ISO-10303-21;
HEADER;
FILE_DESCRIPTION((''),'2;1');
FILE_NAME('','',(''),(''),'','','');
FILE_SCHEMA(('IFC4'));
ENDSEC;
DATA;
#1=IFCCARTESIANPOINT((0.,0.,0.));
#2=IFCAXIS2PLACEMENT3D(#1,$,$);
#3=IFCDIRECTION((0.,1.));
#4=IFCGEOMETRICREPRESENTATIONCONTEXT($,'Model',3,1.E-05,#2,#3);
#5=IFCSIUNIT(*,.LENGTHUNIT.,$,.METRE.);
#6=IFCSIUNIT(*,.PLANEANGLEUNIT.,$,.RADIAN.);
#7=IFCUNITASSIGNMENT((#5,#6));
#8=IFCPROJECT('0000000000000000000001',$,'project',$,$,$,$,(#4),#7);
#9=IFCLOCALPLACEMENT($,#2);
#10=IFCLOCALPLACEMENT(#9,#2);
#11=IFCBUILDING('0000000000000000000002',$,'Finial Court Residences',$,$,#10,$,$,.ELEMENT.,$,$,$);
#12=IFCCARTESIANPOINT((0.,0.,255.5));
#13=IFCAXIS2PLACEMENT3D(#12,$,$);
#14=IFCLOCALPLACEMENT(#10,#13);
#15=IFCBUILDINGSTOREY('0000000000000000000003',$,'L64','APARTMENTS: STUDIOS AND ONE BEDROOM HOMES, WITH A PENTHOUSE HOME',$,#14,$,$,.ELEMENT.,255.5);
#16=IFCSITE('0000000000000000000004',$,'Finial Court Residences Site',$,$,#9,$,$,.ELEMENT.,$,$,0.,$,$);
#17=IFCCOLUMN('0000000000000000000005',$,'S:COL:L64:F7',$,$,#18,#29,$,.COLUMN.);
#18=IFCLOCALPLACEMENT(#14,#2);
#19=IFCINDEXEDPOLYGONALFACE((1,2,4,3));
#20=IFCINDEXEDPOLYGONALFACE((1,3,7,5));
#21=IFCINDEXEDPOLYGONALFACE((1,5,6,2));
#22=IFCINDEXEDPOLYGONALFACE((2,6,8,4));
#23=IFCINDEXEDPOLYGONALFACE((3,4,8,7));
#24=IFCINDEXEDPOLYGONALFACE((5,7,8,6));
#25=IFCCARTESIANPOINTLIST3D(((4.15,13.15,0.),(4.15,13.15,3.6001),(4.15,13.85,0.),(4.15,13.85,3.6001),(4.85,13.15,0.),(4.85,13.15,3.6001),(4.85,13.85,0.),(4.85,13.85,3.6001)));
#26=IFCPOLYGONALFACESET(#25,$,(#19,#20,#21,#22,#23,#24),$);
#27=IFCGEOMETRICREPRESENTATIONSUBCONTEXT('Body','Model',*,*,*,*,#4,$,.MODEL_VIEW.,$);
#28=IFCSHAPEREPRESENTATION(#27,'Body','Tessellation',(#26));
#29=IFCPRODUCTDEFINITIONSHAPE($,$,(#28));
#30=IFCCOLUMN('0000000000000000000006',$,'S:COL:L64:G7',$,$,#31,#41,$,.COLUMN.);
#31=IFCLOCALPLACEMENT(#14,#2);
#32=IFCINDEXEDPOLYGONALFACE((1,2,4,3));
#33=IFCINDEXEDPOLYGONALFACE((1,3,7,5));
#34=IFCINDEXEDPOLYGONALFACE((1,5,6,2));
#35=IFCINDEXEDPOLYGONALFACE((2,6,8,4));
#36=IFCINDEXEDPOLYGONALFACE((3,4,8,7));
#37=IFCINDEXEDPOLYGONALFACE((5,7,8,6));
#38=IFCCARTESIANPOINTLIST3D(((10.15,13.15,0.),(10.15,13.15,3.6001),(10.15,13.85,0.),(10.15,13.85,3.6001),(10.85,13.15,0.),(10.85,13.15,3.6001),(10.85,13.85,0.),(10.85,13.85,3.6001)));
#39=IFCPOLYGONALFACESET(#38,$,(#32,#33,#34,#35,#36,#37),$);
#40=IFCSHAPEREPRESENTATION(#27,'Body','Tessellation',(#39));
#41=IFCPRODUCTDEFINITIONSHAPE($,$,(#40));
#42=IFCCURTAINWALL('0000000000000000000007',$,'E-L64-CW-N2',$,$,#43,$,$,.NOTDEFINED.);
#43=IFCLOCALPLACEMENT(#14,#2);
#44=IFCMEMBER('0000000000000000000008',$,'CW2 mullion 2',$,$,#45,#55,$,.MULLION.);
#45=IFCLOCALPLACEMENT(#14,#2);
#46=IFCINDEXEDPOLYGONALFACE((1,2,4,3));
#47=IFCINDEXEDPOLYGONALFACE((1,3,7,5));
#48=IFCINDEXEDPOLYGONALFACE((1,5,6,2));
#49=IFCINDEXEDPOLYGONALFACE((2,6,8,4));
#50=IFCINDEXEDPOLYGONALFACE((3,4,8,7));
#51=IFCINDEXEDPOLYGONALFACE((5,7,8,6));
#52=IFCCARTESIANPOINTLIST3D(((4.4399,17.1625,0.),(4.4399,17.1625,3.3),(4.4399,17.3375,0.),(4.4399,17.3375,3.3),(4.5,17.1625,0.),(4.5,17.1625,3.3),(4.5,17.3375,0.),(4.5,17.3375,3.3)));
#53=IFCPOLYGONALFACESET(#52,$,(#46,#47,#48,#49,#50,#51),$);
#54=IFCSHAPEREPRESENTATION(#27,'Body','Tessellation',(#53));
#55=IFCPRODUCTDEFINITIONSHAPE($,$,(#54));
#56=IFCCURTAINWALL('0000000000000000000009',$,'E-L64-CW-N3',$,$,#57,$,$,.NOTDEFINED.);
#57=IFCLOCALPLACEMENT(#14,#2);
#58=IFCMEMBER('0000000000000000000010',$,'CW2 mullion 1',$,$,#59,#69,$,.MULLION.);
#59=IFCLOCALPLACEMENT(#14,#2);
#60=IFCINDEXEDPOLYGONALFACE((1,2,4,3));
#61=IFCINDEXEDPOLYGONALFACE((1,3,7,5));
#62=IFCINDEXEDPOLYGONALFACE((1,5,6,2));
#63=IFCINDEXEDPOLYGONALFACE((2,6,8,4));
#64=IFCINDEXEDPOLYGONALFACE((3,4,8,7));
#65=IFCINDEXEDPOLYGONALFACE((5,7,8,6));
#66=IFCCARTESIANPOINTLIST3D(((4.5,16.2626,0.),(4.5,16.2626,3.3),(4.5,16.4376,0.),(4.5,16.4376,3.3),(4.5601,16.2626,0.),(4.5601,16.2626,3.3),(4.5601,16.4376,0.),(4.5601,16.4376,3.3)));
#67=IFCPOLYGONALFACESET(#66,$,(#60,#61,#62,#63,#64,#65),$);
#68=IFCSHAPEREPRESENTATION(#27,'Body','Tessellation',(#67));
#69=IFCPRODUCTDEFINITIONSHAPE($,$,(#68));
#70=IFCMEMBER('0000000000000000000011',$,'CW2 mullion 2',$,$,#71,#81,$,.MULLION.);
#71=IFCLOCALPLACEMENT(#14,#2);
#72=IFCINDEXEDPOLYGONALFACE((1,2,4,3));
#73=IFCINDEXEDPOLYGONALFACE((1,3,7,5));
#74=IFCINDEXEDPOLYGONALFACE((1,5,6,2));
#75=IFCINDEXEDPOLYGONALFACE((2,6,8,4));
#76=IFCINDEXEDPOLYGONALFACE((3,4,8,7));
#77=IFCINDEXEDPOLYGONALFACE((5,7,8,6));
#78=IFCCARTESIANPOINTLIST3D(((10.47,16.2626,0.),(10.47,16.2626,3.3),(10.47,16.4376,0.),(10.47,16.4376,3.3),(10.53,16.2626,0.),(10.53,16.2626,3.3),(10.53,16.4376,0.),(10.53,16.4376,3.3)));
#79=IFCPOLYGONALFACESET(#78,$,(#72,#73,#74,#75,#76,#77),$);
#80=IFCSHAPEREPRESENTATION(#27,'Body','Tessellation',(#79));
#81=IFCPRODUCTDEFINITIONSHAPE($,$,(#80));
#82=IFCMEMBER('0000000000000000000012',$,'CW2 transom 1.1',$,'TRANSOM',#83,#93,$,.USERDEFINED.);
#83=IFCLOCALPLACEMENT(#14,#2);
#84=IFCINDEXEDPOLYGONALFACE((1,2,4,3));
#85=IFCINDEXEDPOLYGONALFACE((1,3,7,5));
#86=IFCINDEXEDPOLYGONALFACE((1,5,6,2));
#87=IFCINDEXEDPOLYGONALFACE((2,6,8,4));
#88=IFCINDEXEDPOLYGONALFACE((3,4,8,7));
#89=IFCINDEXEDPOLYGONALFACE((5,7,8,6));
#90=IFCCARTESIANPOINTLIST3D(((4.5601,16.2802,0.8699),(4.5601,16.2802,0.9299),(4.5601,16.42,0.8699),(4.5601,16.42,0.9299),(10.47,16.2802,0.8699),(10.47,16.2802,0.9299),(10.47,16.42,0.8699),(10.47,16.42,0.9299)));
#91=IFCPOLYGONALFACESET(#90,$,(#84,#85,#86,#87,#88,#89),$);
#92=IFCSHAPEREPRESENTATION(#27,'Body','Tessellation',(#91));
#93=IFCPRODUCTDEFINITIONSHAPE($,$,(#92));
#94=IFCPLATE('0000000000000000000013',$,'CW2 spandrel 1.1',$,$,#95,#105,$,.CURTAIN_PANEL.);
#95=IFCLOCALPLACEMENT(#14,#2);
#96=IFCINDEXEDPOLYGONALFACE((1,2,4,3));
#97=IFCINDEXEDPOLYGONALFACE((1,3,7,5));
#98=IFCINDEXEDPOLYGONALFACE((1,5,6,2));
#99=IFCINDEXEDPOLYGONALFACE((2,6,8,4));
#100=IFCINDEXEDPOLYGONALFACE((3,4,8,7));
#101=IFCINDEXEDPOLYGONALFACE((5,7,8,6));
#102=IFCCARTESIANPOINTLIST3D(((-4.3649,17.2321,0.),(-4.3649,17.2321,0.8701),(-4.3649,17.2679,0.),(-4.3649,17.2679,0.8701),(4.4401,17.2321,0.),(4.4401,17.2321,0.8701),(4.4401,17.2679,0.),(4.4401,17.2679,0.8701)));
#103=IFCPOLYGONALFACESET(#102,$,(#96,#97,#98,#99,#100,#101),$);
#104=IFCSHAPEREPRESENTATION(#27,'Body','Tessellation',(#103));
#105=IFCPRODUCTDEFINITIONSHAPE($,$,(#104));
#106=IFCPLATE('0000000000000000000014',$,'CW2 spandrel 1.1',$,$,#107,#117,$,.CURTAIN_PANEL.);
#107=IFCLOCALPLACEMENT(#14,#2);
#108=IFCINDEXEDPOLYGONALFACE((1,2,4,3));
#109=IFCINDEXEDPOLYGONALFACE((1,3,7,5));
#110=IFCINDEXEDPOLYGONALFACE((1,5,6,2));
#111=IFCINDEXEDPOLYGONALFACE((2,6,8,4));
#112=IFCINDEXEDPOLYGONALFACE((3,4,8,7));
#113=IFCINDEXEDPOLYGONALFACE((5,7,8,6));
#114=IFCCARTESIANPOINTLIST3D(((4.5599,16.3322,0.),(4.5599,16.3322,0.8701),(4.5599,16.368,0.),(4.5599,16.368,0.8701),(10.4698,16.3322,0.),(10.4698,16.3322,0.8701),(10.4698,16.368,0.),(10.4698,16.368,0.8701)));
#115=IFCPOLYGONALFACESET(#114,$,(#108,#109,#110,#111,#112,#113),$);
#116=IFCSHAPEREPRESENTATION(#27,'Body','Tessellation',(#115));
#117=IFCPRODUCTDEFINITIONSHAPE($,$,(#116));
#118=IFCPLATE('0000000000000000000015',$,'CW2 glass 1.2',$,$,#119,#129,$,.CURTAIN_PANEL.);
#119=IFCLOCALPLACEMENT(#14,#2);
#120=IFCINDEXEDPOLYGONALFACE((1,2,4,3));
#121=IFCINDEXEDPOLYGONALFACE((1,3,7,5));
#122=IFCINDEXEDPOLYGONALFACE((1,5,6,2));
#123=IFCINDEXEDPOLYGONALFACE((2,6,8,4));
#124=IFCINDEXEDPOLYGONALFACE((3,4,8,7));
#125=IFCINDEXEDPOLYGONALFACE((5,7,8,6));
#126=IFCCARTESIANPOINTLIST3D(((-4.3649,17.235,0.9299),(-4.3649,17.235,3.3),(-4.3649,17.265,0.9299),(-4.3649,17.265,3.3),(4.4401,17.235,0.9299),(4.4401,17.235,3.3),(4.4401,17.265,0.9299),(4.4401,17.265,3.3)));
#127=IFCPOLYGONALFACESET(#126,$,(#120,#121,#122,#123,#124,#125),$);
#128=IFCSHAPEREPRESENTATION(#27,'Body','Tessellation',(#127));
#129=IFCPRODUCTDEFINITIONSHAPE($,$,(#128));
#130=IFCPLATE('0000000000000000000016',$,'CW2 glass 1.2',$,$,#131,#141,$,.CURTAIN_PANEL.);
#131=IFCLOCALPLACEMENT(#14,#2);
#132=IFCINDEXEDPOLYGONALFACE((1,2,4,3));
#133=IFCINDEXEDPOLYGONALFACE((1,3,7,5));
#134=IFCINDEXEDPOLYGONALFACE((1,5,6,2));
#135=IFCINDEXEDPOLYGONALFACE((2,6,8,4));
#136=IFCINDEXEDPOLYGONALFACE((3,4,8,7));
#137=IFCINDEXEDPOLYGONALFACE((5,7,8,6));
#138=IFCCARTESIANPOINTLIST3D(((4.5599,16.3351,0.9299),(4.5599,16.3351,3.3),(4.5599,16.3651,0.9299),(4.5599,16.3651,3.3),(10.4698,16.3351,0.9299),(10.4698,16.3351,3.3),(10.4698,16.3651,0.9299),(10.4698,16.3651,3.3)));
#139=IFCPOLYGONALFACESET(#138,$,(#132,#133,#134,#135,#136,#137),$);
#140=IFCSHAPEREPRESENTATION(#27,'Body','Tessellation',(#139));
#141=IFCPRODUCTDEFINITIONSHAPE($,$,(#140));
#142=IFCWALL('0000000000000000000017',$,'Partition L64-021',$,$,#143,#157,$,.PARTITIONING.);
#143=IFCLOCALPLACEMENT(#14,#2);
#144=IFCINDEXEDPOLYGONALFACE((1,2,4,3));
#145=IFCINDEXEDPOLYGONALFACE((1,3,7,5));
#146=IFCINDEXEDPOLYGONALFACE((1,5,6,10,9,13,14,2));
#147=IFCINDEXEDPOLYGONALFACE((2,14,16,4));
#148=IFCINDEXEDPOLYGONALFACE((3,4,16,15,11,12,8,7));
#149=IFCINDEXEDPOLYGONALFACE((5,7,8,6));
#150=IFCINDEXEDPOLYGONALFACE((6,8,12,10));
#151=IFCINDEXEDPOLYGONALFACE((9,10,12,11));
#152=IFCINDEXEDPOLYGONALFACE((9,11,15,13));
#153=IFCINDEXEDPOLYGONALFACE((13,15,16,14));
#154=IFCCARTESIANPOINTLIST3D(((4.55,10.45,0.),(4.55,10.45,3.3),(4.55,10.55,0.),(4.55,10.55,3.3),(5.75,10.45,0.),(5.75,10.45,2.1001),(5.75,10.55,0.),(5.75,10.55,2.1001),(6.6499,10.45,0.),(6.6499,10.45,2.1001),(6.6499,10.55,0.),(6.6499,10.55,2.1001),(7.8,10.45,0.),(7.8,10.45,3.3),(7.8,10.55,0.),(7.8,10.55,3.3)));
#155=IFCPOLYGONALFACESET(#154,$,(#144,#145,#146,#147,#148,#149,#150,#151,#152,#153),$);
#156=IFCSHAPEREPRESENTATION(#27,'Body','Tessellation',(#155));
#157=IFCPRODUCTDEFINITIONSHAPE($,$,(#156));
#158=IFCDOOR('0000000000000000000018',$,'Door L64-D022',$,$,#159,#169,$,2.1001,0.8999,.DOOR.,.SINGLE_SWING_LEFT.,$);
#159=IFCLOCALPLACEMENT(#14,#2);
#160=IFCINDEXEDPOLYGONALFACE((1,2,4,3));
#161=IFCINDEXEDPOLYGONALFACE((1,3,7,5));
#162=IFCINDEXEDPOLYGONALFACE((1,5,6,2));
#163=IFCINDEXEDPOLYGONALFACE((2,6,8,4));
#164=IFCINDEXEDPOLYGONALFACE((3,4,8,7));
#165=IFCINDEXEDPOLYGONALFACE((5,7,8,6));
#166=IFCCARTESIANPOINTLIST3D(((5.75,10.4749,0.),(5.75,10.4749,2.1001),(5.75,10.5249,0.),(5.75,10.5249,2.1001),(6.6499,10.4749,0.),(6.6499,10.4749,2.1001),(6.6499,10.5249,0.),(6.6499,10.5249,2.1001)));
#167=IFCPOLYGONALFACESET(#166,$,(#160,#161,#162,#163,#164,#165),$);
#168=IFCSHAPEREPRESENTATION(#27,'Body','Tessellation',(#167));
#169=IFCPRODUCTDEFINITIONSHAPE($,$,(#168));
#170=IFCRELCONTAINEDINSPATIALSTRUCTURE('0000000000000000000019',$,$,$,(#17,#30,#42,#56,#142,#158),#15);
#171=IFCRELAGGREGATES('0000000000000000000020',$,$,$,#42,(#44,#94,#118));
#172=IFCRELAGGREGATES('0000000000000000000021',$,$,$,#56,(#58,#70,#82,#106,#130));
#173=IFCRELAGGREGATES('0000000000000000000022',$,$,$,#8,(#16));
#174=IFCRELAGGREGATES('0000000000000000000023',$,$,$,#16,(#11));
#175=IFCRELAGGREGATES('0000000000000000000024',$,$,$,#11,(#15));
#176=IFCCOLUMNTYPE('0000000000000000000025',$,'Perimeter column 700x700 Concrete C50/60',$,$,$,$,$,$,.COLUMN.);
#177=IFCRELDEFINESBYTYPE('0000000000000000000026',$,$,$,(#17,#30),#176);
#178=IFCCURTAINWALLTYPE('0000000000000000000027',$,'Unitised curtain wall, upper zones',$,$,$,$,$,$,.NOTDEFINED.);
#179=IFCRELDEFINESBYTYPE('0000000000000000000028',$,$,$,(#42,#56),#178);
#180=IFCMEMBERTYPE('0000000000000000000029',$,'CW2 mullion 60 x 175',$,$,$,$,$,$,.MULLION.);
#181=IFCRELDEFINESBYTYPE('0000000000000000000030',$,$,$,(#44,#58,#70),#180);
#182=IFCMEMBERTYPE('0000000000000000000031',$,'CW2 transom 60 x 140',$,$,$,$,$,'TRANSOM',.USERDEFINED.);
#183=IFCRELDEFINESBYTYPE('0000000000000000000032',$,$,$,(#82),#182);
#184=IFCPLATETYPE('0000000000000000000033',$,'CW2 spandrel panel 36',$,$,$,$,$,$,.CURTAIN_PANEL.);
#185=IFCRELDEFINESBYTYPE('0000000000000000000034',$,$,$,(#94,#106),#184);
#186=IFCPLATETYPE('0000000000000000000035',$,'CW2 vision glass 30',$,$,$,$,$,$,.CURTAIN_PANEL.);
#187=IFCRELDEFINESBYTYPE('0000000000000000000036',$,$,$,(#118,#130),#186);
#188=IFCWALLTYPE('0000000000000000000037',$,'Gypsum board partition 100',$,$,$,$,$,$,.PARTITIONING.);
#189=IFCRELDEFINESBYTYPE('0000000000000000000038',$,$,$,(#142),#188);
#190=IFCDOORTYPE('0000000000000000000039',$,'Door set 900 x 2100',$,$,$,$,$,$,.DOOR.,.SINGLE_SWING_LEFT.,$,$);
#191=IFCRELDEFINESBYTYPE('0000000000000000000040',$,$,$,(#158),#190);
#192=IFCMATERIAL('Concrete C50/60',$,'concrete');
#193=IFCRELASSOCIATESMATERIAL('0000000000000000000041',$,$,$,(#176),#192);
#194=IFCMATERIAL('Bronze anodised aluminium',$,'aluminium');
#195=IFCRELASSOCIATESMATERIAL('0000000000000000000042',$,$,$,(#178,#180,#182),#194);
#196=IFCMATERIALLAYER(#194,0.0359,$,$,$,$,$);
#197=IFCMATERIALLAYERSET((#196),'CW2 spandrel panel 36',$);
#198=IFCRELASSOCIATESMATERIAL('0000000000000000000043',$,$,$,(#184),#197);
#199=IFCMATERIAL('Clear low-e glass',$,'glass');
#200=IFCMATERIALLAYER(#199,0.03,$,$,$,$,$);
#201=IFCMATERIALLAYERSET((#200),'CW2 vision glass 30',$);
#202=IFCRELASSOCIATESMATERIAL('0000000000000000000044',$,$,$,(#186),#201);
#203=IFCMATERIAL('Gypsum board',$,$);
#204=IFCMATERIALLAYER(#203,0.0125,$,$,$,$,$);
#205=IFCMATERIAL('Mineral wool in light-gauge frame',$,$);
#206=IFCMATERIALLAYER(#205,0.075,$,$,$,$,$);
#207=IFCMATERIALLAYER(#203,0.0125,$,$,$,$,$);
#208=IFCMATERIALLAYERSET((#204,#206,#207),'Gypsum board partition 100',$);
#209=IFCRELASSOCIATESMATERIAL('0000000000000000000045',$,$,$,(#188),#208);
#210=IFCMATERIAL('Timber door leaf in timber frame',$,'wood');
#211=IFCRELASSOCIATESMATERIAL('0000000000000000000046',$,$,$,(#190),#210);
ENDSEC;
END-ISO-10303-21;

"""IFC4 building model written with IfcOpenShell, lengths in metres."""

from ifc_helpers import new_model, si_unit, direction, frame, frame_2d, origin, origin_2d, place, context, subcontext, project, spatial, rectangle, extrude, material, layer, layer_set, material_profile, profile_set, type_object, element, fill, aggregate, save


model = new_model("IFC4")

# Units and contexts
model_context = context("Model", 3, precision=1e-05, world=origin(), true_north=direction((0.0, 1.0)))
body_context = subcontext(model_context, "Body", "Model", "MODEL_VIEW")
ifc_project = project(units=[si_unit("LENGTHUNIT", "METRE"), si_unit("PLANEANGLEUNIT", "RADIAN")], contexts=[model_context])

# Site, building, storey
site_placement = place(None, origin())
site = spatial("IfcSite", under=ifc_project, at=site_placement, Name="Finial Court Residences Site", CompositionType="ELEMENT", RefElevation=0.0)
building_placement = place(site_placement, origin())
building = spatial("IfcBuilding", under=site, at=building_placement, Name="Finial Court Residences", CompositionType="ELEMENT")
storey_placement = place(building_placement, frame((0.0, 0.0, 255.5)))
storey = spatial("IfcBuildingStorey", under=building, at=storey_placement, Name="L64", Description="APARTMENTS: STUDIOS AND ONE BEDROOM HOMES, WITH A PENTHOUSE HOME", CompositionType="ELEMENT", Elevation=255.5)

# Columns
ifc_material_1 = material(Name="Concrete C50/60", Category="concrete")
ifc_material_profile_1 = material_profile(ifc_material_1, rectangle(XDim=0.7, YDim=0.7, at=origin_2d()), Name="700x700")
ifc_profile_set_1 = profile_set([ifc_material_profile_1], Name="Concrete C50/60")
column_type = type_object("IfcColumnType", Name="Perimeter column 700x700 Concrete C50/60", PredefinedType="COLUMN", material=ifc_profile_set_1)
for number, where, z_axis, x_axis, name in (
    (1, (4.5, 13.5, 0.0), (0.0, 0.0, 1.0), (1.0, 0.0, 0.0), "S:COL:L64:F7"),
    (2, (10.5, 13.5, 0.0), (0.0, 0.0, 1.0), (1.0, 0.0, 0.0), "S:COL:L64:G7"),
):
    element("IfcColumn", number, at=place(storey_placement, frame(where, z_axis=z_axis, x_axis=x_axis)), inside=storey, type_object=column_type, Name=name, PredefinedType="COLUMN", context=body_context, shape_type="SweptSolid", body=[
        extrude(rectangle(XDim=0.7, YDim=0.7, at=origin_2d()), origin(), (0.0, 0.0, 1.0), 3.6001),
    ])

# Curtain wall, member
ifc_material_2 = material(Name="Bronze anodised aluminium", Category="aluminium")
curtain_wall_type = type_object("IfcCurtainWallType", Name="Unitised curtain wall, upper zones", PredefinedType="NOTDEFINED", material=ifc_material_2)
curtain_wall_1_placement = place(storey_placement, origin())
curtain_wall_1 = element("IfcCurtainWall", 3, at=curtain_wall_1_placement, inside=storey, type_object=curtain_wall_type, Name="E-L64-CW-N2", PredefinedType="NOTDEFINED")
ifc_material_profile_2 = material_profile(ifc_material_2, rectangle(XDim=0.175, YDim=0.0601, at=origin_2d()), Name="CW2 mullion 60 x 175")
ifc_profile_set_2 = profile_set([ifc_material_profile_2], Name="Bronze anodised aluminium")
member_type_1 = type_object("IfcMemberType", Name="CW2 mullion 60 x 175", PredefinedType="MULLION", material=ifc_profile_set_2)
member_1_placement = place(storey_placement, frame((4.47, 17.25, 0.0), z_axis=(0.0, 0.0, 1.0), x_axis=(0.0, 1.0, 0.0)))
member_1 = element("IfcMember", 4, at=member_1_placement, type_object=member_type_1, Name="CW2 mullion 2", PredefinedType="MULLION", context=body_context, shape_type="SweptSolid", body=[
    extrude(rectangle(XDim=0.175, YDim=0.0601, at=origin_2d()), origin(), (0.0, 0.0, 1.0), 3.3),
])

# Curtain wall, members
curtain_wall_2_placement = place(storey_placement, origin())
curtain_wall_2 = element("IfcCurtainWall", 5, at=curtain_wall_2_placement, inside=storey, type_object=curtain_wall_type, Name="E-L64-CW-N3", PredefinedType="NOTDEFINED")
member_2_placement = place(storey_placement, frame((4.53, 16.3501, 0.0), z_axis=(0.0, 0.0, 1.0), x_axis=(0.0, 1.0, 0.0)))
member_2 = element("IfcMember", 6, at=member_2_placement, type_object=member_type_1, Name="CW2 mullion 1", PredefinedType="MULLION", context=body_context, shape_type="SweptSolid", body=[
    extrude(rectangle(XDim=0.175, YDim=0.0601, at=origin_2d()), origin(), (0.0, 0.0, 1.0), 3.3),
])
member_3_placement = place(storey_placement, frame((10.5, 16.3501, 0.0), z_axis=(0.0, 0.0, 1.0), x_axis=(0.0, 1.0, 0.0)))
member_3 = element("IfcMember", 7, at=member_3_placement, type_object=member_type_1, Name="CW2 mullion 2", PredefinedType="MULLION", context=body_context, shape_type="SweptSolid", body=[
    extrude(rectangle(XDim=0.175, YDim=0.0601, at=origin_2d()), origin(), (0.0, 0.0, 1.0), 3.3),
])
ifc_material_profile_3 = material_profile(ifc_material_2, rectangle(XDim=0.1399, YDim=0.0601, at=origin_2d()), Name="CW2 transom 60 x 140")
ifc_profile_set_3 = profile_set([ifc_material_profile_3], Name="Bronze anodised aluminium")
member_type_2 = type_object("IfcMemberType", Name="CW2 transom 60 x 140", ElementType="TRANSOM", PredefinedType="USERDEFINED", material=ifc_profile_set_3)
member_4_placement = place(storey_placement, frame((4.5601, 16.3501, 0.8999), z_axis=(1.0, 0.0, 0.0), x_axis=(0.0, 1.0, 0.0)))
member_4 = element("IfcMember", 8, at=member_4_placement, type_object=member_type_2, Name="CW2 transom 1.1", ObjectType="TRANSOM", PredefinedType="USERDEFINED", context=body_context, shape_type="SweptSolid", body=[
    extrude(rectangle(XDim=0.1399, YDim=0.0601, at=origin_2d()), origin(), (0.0, 0.0, 1.0), 5.9099),
])

# Plates
ifc_layer_1 = layer(ifc_material_2, 0.0359)
ifc_layer_set_1 = layer_set([ifc_layer_1], Name="CW2 spandrel panel 36")
plate_type_1 = type_object("IfcPlateType", Name="CW2 spandrel panel 36", PredefinedType="CURTAIN_PANEL", material=ifc_layer_set_1)
plate_1_placement = place(storey_placement, frame((0.0376, 17.25, 0.0), z_axis=(0.0, 0.0, 1.0), x_axis=(1.0, 0.0, 0.0)))
plate_1 = element("IfcPlate", 9, at=plate_1_placement, type_object=plate_type_1, Name="CW2 spandrel 1.1", PredefinedType="CURTAIN_PANEL", context=body_context, shape_type="SweptSolid", body=[
    extrude(rectangle(XDim=8.8049, YDim=0.0359, at=origin_2d()), origin(), (0.0, 0.0, 1.0), 0.8701),
])
plate_2_placement = place(storey_placement, frame((7.5149, 16.3501, 0.0), z_axis=(0.0, 0.0, 1.0), x_axis=(1.0, 0.0, 0.0)))
plate_2 = element("IfcPlate", 10, at=plate_2_placement, type_object=plate_type_1, Name="CW2 spandrel 1.1", PredefinedType="CURTAIN_PANEL", context=body_context, shape_type="SweptSolid", body=[
    extrude(rectangle(XDim=5.9099, YDim=0.0359, at=origin_2d()), origin(), (0.0, 0.0, 1.0), 0.8701),
])
ifc_material_3 = material(Name="Clear low-e glass", Category="glass")
ifc_layer_2 = layer(ifc_material_3, 0.03)
ifc_layer_set_2 = layer_set([ifc_layer_2], Name="CW2 vision glass 30")
plate_type_2 = type_object("IfcPlateType", Name="CW2 vision glass 30", PredefinedType="CURTAIN_PANEL", material=ifc_layer_set_2)
plate_3_placement = place(storey_placement, frame((0.0376, 17.25, 0.9299), z_axis=(0.0, 0.0, 1.0), x_axis=(1.0, 0.0, 0.0)))
plate_3 = element("IfcPlate", 11, at=plate_3_placement, type_object=plate_type_2, Name="CW2 glass 1.2", PredefinedType="CURTAIN_PANEL", context=body_context, shape_type="SweptSolid", body=[
    extrude(rectangle(XDim=8.8049, YDim=0.03, at=origin_2d()), origin(), (0.0, 0.0, 1.0), 2.3701),
])
aggregate(curtain_wall_1, [member_1, plate_1, plate_3])
plate_4_placement = place(storey_placement, frame((7.5149, 16.3501, 0.9299), z_axis=(0.0, 0.0, 1.0), x_axis=(1.0, 0.0, 0.0)))
plate_4 = element("IfcPlate", 12, at=plate_4_placement, type_object=plate_type_2, Name="CW2 glass 1.2", PredefinedType="CURTAIN_PANEL", context=body_context, shape_type="SweptSolid", body=[
    extrude(rectangle(XDim=5.9099, YDim=0.03, at=origin_2d()), origin(), (0.0, 0.0, 1.0), 2.3701),
])
aggregate(curtain_wall_2, [member_2, member_3, member_4, plate_2, plate_4])

# Wall, opening, door
ifc_material_4 = material(Name="Gypsum board")
ifc_layer_3 = layer(ifc_material_4, 0.0125)
ifc_material_5 = material(Name="Mineral wool in light-gauge frame")
ifc_layer_4 = layer(ifc_material_5, 0.075)
ifc_layer_5 = layer(ifc_material_4, 0.0125)
ifc_layer_set_3 = layer_set([ifc_layer_3, ifc_layer_4, ifc_layer_5], Name="Gypsum board partition 100")
wall_type_1 = type_object("IfcWallType", Name="Gypsum board partition 100", PredefinedType="PARTITIONING", material=ifc_layer_set_3)
wall_1_placement = place(storey_placement, frame((4.55, 10.5, 0.0), z_axis=(0.0, 0.0, 1.0), x_axis=(1.0, 0.0, 0.0)))
wall_1 = element("IfcWall", 13, at=wall_1_placement, inside=storey, type_object=wall_type_1, Name="Partition L64-021", PredefinedType="PARTITIONING", context=body_context, shape_type="SweptSolid", body=[
    extrude(rectangle(XDim=3.25, YDim=0.1001, at=frame_2d((1.625, 0.0))), origin(), (0.0, 0.0, 1.0), 3.3),
])
opening_1_placement = place(wall_1_placement, frame((1.2, 0.0, 0.0)))
opening_1 = element("IfcOpeningElement", 14, at=opening_1_placement, cuts=wall_1, PredefinedType="OPENING", context=body_context, shape_type="SweptSolid", body=[
    extrude(rectangle(XDim=0.8999, YDim=2.1001, at=frame_2d((0.45, 1.05))), frame((0.0, 0.0601, 0.0), z_axis=(0.0, -1.0, 0.0), x_axis=(1.0, 0.0, 0.0)), (0.0, 0.0, 1.0), 0.1201),
])
ifc_material_6 = material(Name="Timber door leaf in timber frame", Category="wood")
door_type = type_object("IfcDoorType", Name="Door set 900 x 2100", OperationType="SINGLE_SWING_LEFT", PredefinedType="DOOR", material=ifc_material_6)
door_1_placement = place(opening_1_placement, origin())
door_1 = element("IfcDoor", 15, at=door_1_placement, inside=storey, type_object=door_type, Name="Door L64-D022", OperationType="SINGLE_SWING_LEFT", OverallHeight=2.1001, OverallWidth=0.8999, PredefinedType="DOOR", context=body_context, shape_type="SweptSolid", body=[
    extrude(rectangle(XDim=0.8999, YDim=2.1001, at=frame_2d((0.45, 1.05))), frame((0.0, 0.0249, 0.0), z_axis=(0.0, -1.0, 0.0), x_axis=(1.0, 0.0, 0.0)), (0.0, 0.0, 1.0), 0.05),
])
fill(opening_1, door_1)

save(model, "model.ifc")
